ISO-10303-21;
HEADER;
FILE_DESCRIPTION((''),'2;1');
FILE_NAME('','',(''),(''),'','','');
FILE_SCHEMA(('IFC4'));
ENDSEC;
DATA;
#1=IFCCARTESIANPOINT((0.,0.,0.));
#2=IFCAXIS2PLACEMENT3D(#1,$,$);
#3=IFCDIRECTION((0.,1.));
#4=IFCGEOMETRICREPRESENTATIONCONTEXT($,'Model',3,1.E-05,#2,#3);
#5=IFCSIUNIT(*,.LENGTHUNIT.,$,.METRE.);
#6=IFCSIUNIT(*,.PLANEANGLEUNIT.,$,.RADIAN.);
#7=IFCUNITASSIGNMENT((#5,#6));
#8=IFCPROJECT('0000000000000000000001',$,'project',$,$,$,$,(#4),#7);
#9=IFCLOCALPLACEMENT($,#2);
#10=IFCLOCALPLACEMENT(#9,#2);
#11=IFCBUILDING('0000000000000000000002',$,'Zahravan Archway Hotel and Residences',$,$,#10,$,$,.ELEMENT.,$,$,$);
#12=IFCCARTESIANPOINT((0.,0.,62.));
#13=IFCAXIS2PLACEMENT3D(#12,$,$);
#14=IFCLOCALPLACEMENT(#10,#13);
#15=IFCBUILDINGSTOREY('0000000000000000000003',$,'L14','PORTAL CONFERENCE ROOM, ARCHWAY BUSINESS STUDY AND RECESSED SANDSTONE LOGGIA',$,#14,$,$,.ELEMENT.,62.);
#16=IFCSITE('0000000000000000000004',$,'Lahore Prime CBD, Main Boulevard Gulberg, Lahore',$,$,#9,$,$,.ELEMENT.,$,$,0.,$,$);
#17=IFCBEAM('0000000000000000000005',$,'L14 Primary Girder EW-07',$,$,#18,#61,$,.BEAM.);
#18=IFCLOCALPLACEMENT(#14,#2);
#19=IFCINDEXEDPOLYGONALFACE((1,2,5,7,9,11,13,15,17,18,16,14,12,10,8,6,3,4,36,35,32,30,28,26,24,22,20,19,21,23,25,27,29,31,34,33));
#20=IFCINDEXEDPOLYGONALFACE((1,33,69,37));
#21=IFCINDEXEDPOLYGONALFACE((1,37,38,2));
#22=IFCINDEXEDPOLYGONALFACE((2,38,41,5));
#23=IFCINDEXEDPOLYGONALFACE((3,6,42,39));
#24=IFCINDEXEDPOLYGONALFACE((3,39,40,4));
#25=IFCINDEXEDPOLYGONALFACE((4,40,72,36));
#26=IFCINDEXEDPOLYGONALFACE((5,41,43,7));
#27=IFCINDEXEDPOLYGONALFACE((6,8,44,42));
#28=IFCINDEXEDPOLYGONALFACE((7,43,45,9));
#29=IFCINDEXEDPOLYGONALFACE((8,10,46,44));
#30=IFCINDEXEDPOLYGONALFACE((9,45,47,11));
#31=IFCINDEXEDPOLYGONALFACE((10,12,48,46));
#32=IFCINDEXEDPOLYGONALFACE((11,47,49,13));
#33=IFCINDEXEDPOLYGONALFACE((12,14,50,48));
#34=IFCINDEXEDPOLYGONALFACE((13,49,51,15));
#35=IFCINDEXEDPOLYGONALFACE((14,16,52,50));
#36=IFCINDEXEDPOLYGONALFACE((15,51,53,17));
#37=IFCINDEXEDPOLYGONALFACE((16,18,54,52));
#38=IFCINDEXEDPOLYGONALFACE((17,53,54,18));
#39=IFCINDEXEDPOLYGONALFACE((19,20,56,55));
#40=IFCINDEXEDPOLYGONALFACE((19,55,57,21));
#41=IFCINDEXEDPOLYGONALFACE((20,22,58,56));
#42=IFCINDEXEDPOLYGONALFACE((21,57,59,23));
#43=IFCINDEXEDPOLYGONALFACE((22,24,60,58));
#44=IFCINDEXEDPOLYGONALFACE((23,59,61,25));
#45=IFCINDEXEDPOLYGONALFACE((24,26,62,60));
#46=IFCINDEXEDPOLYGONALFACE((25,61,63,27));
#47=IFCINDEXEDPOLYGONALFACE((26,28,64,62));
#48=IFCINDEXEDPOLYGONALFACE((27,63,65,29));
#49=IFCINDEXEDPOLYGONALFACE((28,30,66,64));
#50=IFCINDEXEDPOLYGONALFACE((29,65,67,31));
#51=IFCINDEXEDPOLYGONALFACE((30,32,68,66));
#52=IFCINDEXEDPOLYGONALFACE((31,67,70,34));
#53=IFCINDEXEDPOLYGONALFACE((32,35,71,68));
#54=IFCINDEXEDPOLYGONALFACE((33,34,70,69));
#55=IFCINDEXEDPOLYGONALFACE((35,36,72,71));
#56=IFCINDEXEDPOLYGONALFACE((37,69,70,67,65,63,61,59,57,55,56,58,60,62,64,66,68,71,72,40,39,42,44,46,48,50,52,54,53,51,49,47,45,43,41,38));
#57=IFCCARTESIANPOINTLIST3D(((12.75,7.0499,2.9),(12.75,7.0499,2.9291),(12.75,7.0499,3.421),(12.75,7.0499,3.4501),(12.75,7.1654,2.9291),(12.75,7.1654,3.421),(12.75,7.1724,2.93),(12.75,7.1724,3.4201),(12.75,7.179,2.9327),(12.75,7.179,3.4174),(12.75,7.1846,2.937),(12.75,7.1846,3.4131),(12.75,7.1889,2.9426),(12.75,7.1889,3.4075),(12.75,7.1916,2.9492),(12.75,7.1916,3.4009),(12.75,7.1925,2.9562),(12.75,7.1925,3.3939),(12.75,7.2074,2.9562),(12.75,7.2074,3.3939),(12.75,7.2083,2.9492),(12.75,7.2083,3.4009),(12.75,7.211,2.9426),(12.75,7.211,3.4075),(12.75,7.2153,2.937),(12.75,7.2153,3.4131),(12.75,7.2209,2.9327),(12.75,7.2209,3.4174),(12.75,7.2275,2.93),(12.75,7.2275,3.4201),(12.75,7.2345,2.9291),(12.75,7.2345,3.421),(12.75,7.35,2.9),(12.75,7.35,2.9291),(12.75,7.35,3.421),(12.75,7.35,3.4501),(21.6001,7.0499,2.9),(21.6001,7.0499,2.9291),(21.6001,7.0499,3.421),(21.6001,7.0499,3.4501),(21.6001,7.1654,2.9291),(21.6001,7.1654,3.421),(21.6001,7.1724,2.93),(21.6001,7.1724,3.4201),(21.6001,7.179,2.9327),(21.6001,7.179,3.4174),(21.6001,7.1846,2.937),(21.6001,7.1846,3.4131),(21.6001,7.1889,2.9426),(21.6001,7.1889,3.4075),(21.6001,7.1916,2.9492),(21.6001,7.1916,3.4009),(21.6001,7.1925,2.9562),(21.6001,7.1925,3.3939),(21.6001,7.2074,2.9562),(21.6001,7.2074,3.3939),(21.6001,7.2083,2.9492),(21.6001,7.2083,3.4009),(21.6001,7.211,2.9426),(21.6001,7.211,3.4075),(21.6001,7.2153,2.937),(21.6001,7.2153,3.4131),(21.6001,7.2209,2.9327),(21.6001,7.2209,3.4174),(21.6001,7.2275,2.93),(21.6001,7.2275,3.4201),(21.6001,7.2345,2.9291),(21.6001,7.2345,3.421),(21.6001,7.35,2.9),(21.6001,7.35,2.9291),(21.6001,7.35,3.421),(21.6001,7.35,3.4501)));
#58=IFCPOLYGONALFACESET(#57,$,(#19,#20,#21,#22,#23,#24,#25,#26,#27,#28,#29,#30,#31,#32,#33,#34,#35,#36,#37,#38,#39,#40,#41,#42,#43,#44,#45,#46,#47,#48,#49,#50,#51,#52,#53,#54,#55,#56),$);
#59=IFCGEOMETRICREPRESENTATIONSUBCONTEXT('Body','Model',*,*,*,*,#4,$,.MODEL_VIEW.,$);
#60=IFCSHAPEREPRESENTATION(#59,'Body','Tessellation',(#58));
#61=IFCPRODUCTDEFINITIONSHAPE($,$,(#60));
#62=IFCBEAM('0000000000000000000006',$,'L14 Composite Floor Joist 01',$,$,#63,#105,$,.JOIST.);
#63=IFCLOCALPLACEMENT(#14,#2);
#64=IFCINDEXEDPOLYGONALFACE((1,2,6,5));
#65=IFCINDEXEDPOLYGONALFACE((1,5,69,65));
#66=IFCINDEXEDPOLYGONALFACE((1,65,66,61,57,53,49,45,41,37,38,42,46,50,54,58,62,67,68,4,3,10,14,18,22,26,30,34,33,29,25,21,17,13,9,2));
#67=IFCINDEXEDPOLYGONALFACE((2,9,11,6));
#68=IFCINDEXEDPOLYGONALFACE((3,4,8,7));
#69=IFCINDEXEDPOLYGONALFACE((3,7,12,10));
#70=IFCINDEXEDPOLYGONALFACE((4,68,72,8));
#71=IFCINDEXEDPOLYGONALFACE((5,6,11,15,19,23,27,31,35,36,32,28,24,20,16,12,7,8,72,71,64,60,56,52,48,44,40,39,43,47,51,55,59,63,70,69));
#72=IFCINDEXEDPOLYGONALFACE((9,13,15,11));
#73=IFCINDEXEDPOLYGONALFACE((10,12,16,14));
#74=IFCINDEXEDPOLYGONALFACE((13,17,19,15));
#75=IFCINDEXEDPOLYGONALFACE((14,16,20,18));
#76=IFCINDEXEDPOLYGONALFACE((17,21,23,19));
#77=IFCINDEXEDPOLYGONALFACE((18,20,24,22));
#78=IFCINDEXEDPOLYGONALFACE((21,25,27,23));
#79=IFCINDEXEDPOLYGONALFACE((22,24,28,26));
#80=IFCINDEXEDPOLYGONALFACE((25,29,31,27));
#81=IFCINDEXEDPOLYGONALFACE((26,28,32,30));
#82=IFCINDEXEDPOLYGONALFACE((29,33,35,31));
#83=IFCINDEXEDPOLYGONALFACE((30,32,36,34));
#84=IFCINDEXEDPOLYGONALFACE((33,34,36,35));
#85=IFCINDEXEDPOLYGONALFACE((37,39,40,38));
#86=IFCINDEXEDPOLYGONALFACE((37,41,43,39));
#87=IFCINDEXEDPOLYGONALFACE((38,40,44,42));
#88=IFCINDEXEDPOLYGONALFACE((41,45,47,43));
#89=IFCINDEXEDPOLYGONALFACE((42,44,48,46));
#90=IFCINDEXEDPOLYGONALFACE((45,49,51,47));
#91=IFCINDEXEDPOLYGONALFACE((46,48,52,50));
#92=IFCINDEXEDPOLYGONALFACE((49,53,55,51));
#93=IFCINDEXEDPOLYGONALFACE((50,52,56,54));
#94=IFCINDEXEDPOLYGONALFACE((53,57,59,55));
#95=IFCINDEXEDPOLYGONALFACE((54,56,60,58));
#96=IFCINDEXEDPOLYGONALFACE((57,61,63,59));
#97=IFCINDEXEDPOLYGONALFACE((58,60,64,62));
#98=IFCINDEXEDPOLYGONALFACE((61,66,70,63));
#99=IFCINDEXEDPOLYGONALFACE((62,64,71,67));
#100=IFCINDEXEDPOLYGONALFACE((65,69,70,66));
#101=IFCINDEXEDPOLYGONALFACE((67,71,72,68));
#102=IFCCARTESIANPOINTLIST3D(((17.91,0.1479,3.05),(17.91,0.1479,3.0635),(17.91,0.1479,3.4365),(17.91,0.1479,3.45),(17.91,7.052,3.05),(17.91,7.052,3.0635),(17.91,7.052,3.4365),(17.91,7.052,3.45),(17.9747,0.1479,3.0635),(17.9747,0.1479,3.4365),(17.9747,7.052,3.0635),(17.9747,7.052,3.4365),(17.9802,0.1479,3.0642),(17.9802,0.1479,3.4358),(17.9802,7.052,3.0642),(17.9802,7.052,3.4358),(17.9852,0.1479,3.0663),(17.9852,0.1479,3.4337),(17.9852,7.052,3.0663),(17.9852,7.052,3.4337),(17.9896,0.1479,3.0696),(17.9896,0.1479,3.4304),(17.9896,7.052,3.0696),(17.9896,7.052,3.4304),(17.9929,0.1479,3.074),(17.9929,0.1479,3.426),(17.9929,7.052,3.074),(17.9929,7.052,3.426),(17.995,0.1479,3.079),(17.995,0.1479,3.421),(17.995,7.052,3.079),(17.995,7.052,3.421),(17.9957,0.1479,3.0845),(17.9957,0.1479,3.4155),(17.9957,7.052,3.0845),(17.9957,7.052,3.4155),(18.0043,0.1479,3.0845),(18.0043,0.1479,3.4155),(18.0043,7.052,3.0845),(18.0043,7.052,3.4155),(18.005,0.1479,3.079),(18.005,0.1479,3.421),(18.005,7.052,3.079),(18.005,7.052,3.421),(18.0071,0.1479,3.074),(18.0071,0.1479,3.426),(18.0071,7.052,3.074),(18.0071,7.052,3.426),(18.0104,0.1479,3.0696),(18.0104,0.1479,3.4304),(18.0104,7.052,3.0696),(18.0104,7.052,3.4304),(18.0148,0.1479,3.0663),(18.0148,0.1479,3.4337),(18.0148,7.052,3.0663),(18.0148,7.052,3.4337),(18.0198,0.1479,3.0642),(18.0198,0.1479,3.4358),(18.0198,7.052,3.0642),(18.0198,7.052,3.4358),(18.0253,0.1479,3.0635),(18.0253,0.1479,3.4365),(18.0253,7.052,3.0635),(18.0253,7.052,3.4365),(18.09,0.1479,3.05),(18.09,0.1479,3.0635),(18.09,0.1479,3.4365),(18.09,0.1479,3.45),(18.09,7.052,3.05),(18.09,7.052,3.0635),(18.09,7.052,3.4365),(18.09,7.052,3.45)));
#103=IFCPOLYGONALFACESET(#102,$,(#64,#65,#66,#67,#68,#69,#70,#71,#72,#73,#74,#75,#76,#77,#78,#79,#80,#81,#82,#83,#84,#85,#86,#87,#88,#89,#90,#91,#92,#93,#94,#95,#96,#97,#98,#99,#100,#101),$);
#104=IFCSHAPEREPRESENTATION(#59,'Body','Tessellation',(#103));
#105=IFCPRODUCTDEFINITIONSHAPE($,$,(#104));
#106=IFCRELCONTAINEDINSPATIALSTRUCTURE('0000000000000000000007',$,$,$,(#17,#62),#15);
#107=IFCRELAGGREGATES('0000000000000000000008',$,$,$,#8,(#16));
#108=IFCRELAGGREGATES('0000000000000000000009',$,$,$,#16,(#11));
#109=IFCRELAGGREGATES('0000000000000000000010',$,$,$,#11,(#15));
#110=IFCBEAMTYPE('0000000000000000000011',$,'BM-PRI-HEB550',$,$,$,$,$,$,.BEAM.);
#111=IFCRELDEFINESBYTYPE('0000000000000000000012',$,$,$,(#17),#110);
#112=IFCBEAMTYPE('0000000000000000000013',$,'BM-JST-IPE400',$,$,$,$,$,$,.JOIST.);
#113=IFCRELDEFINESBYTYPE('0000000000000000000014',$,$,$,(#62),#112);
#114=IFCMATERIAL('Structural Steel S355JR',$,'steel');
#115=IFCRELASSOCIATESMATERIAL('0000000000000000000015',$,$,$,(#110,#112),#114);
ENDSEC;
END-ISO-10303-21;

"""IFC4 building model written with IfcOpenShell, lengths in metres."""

from ifc_helpers import new_model, si_unit, direction, frame, origin, origin_2d, place, context, subcontext, project, spatial, i_section, extrude, source, transform, mapped, material, material_profile, profile_set, type_object, type_shapes, element, save


model = new_model("IFC4")

# Units and contexts
model_context = context("Model", 3, precision=1e-05, world=origin(), true_north=direction((0.0, 1.0)))
body_context = subcontext(model_context, "Body", "Model", "MODEL_VIEW")
ifc_project = project(units=[si_unit("LENGTHUNIT", "METRE"), si_unit("PLANEANGLEUNIT", "RADIAN")], contexts=[model_context])

# Site, building, storey
site_placement = place(None, origin())
site = spatial("IfcSite", under=ifc_project, at=site_placement, Name="Lahore Prime CBD, Main Boulevard Gulberg, Lahore", CompositionType="ELEMENT", RefElevation=0.0)
building_placement = place(site_placement, origin())
building = spatial("IfcBuilding", under=site, at=building_placement, Name="Zahravan Archway Hotel and Residences", CompositionType="ELEMENT")
storey_placement = place(building_placement, frame((0.0, 0.0, 62.0)))
storey = spatial("IfcBuildingStorey", under=building, at=storey_placement, Name="L14", Description="PORTAL CONFERENCE ROOM, ARCHWAY BUSINESS STUDY AND RECESSED SANDSTONE LOGGIA", CompositionType="ELEMENT", Elevation=62.0)

# Beams
ifc_material_1 = material(Name="Structural Steel S355JR", Category="steel")
ifc_material_profile_1 = material_profile(ifc_material_1, i_section(OverallWidth=0.3, OverallDepth=0.55, WebThickness=0.0149, FlangeThickness=0.0291, FilletRadius=0.0271, at=origin_2d()), Name="HEB 550", Category="steel")
ifc_profile_set_1 = profile_set([ifc_material_profile_1], Name="Structural Steel S355JR")
beam_type_1 = type_object("IfcBeamType", Name="BM-PRI-HEB550", PredefinedType="BEAM", material=ifc_profile_set_1)
shared_shape_1 = source(origin(), body_context, "Body", "SweptSolid", [
    extrude(i_section(OverallWidth=0.3, OverallDepth=0.55, WebThickness=0.0149, FlangeThickness=0.0291, FilletRadius=0.0271, at=origin_2d()), origin(), (0.0, 0.0, 1.0), 8.8501),
])
beam_1_placement = place(storey_placement, frame((12.75, 7.2, 3.175), z_axis=(1.0, 0.0, 0.0), x_axis=(0.0, 1.0, 0.0)))
element("IfcBeam", 1, at=beam_1_placement, inside=storey, type_object=beam_type_1, Name="L14 Primary Girder EW-07", PredefinedType="BEAM", context=body_context, shape_type="MappedRepresentation", body=[
    mapped(shared_shape_1, transform((0.0, 0.0, 0.0), scale=1.0)),
])
ifc_material_profile_2 = material_profile(ifc_material_1, i_section(OverallWidth=0.1799, OverallDepth=0.3999, WebThickness=0.0085, FlangeThickness=0.0134, FilletRadius=0.021, at=origin_2d()), Name="IPE 400", Category="steel")
ifc_profile_set_2 = profile_set([ifc_material_profile_2], Name="Structural Steel S355JR")
beam_type_2 = type_object("IfcBeamType", Name="BM-JST-IPE400", PredefinedType="JOIST", material=ifc_profile_set_2)
shared_shape_2 = source(origin(), body_context, "Body", "SweptSolid", [
    extrude(i_section(OverallWidth=0.1799, OverallDepth=0.3999, WebThickness=0.0085, FlangeThickness=0.0134, FilletRadius=0.021, at=origin_2d()), origin(), (0.0, 0.0, 1.0), 6.9041),
])
type_shapes(beam_type_2, [shared_shape_2])
beam_2_placement = place(storey_placement, frame((18.0, 0.1479, 3.25), z_axis=(0.0, 1.0, 0.0), x_axis=(-1.0, 0.0, 0.0)))
element("IfcBeam", 2, at=beam_2_placement, inside=storey, type_object=beam_type_2, Name="L14 Composite Floor Joist 01", PredefinedType="JOIST", context=body_context, shape_type="MappedRepresentation", body=[
    mapped(shared_shape_2, transform((0.0, 0.0, 0.0), scale=1.0)),
])

save(model, "model.ifc")
